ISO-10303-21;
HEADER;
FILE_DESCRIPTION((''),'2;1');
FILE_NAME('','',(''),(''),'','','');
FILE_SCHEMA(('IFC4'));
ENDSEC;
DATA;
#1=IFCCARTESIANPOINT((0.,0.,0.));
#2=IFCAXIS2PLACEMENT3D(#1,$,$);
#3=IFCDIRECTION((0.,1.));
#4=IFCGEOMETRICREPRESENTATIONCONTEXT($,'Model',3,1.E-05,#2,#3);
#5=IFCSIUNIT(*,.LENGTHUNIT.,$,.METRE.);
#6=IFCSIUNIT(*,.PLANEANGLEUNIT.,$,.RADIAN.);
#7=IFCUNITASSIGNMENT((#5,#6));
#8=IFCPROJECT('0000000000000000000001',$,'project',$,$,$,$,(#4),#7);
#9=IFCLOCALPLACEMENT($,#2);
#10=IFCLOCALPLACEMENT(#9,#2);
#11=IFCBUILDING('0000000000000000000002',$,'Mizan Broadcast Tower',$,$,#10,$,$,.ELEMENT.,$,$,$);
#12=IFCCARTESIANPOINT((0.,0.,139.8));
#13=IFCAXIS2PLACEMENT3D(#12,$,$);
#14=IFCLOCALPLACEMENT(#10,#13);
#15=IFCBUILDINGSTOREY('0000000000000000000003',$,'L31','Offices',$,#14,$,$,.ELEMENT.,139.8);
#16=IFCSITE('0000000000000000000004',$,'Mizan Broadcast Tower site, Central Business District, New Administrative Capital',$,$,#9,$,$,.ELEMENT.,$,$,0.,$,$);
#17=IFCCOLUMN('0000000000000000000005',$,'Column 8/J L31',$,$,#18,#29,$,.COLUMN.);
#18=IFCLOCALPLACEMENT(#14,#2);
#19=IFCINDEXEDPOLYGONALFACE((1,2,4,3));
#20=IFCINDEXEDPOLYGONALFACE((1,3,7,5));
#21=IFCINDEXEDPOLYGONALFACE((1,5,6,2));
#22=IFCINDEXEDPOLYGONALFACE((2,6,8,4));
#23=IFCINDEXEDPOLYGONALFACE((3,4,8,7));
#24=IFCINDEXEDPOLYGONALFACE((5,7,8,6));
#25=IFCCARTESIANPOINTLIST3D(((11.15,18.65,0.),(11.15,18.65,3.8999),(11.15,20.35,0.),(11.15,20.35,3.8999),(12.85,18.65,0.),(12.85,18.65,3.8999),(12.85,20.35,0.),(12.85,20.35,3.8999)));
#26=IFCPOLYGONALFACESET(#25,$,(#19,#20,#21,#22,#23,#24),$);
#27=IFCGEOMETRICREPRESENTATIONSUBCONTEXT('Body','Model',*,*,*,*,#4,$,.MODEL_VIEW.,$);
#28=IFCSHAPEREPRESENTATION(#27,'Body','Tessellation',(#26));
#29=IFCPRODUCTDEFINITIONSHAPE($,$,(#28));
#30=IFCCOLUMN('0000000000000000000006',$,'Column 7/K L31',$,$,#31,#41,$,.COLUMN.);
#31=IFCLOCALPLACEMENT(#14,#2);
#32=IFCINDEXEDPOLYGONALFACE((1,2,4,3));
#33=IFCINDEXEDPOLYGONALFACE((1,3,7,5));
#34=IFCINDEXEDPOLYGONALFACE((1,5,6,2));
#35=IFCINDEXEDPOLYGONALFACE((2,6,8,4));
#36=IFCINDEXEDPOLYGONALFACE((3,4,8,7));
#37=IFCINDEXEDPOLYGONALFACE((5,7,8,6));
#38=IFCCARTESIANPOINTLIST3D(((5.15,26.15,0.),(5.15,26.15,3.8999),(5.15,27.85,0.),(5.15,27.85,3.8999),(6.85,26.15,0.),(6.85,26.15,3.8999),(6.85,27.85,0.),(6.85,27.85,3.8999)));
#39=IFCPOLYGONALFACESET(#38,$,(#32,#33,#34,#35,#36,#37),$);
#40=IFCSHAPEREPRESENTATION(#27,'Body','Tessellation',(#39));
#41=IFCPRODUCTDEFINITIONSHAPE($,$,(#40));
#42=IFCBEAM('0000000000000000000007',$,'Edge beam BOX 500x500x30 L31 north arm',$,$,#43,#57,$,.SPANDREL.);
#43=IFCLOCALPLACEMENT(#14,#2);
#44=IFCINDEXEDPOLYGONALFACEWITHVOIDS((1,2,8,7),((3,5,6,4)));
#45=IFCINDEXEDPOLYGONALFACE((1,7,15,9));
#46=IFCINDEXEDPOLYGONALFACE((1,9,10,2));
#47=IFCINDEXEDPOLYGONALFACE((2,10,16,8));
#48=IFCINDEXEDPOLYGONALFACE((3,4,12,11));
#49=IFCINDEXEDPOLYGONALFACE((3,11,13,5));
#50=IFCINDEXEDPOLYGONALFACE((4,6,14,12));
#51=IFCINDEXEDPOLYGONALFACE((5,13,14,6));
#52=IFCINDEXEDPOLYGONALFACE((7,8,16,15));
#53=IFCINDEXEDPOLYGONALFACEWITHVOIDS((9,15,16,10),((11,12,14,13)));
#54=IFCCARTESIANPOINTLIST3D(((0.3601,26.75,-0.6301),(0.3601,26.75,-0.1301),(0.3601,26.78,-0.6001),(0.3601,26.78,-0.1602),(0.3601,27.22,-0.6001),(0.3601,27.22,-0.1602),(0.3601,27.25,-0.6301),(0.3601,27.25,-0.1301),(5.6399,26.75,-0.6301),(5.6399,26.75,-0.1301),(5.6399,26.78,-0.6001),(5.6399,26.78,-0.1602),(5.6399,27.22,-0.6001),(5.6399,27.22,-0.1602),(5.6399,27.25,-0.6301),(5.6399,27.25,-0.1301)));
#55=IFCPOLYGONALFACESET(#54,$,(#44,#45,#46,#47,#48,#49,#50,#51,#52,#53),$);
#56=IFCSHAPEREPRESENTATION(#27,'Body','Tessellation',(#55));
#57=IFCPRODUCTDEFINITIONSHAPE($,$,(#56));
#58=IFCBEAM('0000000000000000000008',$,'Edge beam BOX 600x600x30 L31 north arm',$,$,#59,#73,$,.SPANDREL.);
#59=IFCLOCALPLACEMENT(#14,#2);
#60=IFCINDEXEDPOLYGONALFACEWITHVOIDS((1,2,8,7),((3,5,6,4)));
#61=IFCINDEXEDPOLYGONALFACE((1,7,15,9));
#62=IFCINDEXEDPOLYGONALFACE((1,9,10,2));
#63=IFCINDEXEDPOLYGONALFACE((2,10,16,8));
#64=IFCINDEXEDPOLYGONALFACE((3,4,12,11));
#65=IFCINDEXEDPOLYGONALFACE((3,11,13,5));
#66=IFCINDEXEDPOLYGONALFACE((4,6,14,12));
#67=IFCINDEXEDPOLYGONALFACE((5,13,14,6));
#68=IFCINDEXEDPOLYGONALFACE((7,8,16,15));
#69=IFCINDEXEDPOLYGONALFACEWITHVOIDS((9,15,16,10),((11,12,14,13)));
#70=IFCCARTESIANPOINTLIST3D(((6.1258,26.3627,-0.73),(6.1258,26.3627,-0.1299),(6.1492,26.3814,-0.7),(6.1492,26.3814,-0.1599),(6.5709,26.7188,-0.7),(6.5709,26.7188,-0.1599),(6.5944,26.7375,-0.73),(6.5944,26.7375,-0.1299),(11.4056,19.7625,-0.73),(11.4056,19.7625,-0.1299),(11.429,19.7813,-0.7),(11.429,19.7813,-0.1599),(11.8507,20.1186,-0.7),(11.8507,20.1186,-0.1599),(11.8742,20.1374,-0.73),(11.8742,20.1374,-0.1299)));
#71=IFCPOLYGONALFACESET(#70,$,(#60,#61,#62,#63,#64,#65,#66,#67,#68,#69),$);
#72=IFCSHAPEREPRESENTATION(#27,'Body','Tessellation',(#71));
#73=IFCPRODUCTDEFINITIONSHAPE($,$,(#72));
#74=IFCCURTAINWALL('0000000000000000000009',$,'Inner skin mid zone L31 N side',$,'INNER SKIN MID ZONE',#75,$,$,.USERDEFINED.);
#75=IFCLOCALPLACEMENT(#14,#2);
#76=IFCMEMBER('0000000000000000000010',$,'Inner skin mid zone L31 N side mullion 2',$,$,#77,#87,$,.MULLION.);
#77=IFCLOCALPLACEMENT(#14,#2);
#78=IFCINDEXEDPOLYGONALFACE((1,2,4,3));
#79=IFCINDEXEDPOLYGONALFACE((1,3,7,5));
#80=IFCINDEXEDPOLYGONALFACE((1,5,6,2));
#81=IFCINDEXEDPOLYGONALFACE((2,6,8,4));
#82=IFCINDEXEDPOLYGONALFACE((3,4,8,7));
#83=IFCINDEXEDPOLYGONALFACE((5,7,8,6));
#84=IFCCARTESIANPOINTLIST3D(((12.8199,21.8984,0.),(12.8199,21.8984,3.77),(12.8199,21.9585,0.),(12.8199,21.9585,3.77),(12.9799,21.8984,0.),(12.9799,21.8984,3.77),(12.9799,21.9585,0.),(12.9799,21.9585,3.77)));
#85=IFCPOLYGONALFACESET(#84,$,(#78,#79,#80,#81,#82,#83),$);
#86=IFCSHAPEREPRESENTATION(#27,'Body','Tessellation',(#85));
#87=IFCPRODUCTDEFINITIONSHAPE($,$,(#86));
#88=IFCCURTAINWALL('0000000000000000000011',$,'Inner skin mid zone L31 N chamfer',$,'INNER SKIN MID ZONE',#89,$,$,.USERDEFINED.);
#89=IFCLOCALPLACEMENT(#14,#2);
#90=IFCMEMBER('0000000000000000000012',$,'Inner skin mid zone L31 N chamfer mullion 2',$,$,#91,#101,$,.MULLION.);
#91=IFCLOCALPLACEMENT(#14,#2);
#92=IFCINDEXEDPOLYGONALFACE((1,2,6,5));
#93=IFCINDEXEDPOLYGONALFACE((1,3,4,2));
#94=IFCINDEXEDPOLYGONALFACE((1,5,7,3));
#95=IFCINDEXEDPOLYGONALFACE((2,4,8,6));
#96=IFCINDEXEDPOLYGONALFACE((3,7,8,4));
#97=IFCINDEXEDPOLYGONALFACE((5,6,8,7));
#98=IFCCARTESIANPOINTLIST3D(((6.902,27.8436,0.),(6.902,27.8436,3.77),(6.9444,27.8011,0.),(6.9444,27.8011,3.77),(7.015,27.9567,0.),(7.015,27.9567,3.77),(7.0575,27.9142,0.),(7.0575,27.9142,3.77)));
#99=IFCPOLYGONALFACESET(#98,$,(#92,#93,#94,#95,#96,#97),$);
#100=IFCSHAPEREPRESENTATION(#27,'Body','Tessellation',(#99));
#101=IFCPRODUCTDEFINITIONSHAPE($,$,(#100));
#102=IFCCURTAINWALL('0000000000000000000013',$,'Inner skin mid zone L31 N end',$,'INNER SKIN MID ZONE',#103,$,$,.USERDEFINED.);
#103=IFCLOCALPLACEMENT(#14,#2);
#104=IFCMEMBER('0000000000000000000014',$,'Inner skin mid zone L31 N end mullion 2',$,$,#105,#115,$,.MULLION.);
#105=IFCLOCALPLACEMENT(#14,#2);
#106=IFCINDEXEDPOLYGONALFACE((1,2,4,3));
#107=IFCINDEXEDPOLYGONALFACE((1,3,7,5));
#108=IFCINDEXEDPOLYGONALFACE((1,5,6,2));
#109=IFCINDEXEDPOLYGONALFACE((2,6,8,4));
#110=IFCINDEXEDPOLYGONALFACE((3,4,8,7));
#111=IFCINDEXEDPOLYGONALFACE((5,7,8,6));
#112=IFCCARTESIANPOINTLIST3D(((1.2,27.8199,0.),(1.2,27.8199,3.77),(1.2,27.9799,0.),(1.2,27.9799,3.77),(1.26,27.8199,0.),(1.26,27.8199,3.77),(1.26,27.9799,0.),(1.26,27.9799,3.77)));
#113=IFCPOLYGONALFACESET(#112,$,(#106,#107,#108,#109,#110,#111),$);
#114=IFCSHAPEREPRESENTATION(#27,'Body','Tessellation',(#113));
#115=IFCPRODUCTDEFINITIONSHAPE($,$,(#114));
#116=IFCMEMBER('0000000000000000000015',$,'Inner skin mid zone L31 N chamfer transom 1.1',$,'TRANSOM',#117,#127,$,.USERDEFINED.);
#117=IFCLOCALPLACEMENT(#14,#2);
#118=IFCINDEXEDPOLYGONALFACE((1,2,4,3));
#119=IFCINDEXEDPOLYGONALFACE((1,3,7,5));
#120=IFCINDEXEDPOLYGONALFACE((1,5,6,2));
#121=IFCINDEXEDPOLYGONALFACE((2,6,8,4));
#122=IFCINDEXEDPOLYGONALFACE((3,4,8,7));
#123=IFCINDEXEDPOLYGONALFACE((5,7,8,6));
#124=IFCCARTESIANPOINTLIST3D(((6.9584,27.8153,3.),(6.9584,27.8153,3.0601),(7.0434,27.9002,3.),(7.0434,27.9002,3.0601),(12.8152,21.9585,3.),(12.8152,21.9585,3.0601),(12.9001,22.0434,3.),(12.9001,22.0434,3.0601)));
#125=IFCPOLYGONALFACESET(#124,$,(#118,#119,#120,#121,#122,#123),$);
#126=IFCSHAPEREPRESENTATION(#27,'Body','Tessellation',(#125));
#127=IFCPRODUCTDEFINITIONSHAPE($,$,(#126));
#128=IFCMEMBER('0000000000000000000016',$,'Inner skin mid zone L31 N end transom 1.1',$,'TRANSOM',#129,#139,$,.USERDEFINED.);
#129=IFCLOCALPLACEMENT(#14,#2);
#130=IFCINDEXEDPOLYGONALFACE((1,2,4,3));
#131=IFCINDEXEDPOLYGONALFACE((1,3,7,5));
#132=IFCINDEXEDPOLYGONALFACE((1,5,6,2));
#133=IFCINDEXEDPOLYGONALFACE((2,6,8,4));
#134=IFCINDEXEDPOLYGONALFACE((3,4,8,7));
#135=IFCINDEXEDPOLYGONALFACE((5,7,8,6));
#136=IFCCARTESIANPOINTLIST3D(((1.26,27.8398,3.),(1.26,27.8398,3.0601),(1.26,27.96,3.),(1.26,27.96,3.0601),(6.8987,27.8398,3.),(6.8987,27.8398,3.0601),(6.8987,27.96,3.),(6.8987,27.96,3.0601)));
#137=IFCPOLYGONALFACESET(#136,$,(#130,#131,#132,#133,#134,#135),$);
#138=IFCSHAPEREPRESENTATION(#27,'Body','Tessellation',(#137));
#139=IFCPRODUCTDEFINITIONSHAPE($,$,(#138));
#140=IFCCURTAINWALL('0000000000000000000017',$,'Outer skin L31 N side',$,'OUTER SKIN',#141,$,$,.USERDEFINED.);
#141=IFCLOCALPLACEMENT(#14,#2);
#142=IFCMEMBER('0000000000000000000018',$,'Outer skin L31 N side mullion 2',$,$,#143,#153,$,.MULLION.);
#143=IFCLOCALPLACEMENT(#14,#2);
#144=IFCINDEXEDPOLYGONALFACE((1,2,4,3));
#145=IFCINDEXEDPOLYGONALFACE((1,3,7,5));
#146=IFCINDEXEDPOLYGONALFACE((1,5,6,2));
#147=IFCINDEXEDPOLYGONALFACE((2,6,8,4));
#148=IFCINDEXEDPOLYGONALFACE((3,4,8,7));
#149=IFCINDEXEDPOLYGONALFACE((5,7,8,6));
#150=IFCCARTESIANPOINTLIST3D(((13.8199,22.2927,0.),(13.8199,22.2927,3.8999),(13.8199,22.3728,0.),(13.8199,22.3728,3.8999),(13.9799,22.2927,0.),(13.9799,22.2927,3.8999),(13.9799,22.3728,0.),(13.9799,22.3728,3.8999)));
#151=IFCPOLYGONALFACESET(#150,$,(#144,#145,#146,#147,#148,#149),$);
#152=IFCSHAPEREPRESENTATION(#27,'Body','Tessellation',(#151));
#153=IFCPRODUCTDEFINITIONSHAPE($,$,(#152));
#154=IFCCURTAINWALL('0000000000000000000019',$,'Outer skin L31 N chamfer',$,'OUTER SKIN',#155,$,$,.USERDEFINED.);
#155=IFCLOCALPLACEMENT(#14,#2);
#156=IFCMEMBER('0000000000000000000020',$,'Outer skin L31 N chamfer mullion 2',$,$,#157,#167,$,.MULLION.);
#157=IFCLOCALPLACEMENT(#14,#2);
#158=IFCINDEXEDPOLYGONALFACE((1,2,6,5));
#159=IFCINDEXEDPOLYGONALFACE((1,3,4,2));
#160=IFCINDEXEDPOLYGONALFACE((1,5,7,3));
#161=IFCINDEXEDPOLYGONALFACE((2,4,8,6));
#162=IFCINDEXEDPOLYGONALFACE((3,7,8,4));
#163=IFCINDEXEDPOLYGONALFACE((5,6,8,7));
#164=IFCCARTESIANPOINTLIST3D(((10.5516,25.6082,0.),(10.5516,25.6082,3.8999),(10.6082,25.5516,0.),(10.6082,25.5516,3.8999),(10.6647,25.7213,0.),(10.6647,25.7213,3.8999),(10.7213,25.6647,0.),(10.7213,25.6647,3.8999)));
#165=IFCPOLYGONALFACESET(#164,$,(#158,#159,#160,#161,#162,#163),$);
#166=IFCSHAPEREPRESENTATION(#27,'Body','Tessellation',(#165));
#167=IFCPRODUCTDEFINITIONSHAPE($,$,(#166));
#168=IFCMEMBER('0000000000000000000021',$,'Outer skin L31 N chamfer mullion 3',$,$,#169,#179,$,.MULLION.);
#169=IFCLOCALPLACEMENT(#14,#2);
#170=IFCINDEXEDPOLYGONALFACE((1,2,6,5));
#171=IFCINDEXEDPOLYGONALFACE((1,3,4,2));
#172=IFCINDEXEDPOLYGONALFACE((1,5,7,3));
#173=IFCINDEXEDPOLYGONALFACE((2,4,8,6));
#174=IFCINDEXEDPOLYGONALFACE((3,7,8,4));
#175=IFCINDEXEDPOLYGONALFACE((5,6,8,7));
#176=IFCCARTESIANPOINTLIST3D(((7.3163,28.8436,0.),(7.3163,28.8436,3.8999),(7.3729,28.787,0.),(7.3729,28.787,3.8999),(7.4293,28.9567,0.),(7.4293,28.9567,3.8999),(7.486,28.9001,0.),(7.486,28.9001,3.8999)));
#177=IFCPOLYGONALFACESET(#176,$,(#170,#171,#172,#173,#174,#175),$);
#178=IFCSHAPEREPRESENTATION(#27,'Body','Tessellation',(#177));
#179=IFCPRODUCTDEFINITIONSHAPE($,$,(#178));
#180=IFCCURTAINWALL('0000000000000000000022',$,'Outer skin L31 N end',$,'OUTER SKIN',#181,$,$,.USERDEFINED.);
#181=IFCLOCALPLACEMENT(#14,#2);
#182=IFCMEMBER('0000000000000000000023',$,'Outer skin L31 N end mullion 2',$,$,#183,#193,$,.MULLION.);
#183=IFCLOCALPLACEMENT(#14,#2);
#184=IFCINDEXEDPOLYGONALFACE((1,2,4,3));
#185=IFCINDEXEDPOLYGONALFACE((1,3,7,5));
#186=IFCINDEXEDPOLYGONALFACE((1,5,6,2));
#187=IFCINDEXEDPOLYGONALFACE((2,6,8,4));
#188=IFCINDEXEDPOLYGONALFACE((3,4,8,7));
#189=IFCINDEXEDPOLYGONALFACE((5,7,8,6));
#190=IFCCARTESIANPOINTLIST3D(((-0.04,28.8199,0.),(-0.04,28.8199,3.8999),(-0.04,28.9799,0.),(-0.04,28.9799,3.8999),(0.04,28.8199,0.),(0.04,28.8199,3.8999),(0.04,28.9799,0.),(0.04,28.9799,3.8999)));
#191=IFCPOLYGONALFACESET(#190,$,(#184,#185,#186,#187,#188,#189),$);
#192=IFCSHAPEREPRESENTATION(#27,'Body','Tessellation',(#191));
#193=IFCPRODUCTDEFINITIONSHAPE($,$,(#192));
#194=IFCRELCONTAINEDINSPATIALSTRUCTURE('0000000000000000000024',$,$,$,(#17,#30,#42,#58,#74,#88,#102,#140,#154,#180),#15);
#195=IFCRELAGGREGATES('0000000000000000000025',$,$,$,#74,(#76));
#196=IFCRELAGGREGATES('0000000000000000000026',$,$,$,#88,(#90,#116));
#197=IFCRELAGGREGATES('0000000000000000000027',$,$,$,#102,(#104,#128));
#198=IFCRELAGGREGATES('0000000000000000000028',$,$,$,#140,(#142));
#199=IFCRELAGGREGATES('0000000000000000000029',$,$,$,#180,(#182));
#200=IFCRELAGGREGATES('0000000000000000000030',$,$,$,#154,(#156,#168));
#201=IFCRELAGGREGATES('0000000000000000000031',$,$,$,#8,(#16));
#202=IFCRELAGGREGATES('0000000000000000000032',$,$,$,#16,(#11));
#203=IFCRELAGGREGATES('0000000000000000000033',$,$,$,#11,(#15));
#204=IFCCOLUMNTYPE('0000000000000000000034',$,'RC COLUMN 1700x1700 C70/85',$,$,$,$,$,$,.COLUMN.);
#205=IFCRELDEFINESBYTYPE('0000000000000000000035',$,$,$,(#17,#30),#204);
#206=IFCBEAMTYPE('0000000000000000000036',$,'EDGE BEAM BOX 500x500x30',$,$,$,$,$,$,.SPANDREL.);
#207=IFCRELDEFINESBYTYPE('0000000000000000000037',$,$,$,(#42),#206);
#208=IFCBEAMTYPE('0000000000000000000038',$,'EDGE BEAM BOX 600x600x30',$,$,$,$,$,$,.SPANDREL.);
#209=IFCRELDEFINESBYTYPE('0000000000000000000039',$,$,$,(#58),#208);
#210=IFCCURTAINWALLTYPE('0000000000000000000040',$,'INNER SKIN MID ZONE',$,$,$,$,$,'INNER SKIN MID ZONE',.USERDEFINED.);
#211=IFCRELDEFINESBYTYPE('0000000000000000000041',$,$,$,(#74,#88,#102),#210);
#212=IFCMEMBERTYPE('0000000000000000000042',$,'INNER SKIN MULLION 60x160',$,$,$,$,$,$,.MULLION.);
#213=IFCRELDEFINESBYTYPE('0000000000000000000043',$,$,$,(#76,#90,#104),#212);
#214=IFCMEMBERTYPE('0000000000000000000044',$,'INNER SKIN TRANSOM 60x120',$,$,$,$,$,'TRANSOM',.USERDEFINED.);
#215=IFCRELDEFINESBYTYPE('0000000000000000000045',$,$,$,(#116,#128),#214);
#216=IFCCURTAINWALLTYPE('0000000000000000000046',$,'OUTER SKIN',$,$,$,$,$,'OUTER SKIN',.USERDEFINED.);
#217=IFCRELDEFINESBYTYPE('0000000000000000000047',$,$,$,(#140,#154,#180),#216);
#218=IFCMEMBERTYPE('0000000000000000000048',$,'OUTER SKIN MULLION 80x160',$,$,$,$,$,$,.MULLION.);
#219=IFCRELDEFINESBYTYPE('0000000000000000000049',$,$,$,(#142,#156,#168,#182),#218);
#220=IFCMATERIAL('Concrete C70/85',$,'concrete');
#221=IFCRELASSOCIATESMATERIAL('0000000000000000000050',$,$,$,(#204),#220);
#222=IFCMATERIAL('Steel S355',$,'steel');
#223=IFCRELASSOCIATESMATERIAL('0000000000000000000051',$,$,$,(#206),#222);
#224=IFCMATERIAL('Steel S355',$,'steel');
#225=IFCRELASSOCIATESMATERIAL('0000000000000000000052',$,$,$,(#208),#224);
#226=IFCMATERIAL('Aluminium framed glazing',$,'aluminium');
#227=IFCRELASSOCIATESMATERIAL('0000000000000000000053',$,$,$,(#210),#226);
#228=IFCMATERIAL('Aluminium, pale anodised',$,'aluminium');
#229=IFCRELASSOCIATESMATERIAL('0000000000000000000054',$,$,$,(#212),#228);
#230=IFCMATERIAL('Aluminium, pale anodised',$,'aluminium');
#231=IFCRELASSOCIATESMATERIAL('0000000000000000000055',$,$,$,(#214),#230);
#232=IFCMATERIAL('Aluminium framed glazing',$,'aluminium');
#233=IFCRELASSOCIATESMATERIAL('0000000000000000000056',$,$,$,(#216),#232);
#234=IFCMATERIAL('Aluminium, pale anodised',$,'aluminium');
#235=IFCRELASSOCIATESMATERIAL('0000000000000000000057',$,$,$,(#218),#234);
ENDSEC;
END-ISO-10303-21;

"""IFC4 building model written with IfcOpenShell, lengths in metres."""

from ifc_helpers import new_model, si_unit, direction, frame, origin, origin_2d, place, context, subcontext, project, spatial, rectangle, hollow_rectangle, extrude, material, material_profile, profile_set, type_object, element, aggregate, save


model = new_model("IFC4")

# Units and contexts
model_context = context("Model", 3, precision=1e-05, world=origin(), true_north=direction((0.0, 1.0)))
body_context = subcontext(model_context, "Body", "Model", "MODEL_VIEW")
ifc_project = project(units=[si_unit("LENGTHUNIT", "METRE"), si_unit("PLANEANGLEUNIT", "RADIAN")], contexts=[model_context])

# Site, building, storey
site_placement = place(None, origin())
site = spatial("IfcSite", under=ifc_project, at=site_placement, Name="Mizan Broadcast Tower site, Central Business District, New Administrative Capital", CompositionType="ELEMENT", RefElevation=0.0)
building_placement = place(site_placement, origin())
building = spatial("IfcBuilding", under=site, at=building_placement, Name="Mizan Broadcast Tower", CompositionType="ELEMENT")
storey_placement = place(building_placement, frame((0.0, 0.0, 139.8)))
storey = spatial("IfcBuildingStorey", under=building, at=storey_placement, Name="L31", Description="Offices", CompositionType="ELEMENT", Elevation=139.8)

# Columns
ifc_material_1 = material(Name="Concrete C70/85", Category="concrete")
ifc_material_profile_1 = material_profile(ifc_material_1, rectangle(XDim=1.7, YDim=1.7, at=origin_2d()), Name="RC 1700x1700")
ifc_profile_set_1 = profile_set([ifc_material_profile_1], Name="Concrete C70/85")
column_type = type_object("IfcColumnType", Name="RC COLUMN 1700x1700 C70/85", PredefinedType="COLUMN", material=ifc_profile_set_1)
for number, where, z_axis, x_axis, name in (
    (1, (12.0, 19.5, 0.0), (0.0, 0.0, 1.0), (1.0, 0.0, 0.0), "Column 8/J L31"),
    (2, (6.0, 27.0, 0.0), (0.0, 0.0, 1.0), (1.0, 0.0, 0.0), "Column 7/K L31"),
):
    element("IfcColumn", number, at=place(storey_placement, frame(where, z_axis=z_axis, x_axis=x_axis)), inside=storey, type_object=column_type, Name=name, PredefinedType="COLUMN", context=body_context, shape_type="SweptSolid", body=[
        extrude(rectangle(XDim=1.7, YDim=1.7, at=origin_2d()), origin(), (0.0, 0.0, 1.0), 3.8999),
    ])

# Beams
ifc_material_2 = material(Name="Steel S355", Category="steel")
ifc_material_profile_2 = material_profile(ifc_material_2, hollow_rectangle(XDim=0.5, YDim=0.5, WallThickness=0.03, at=origin_2d()), Name="BOX 500x500x30")
ifc_profile_set_2 = profile_set([ifc_material_profile_2], Name="Steel S355")
beam_type_1 = type_object("IfcBeamType", Name="EDGE BEAM BOX 500x500x30", PredefinedType="SPANDREL", material=ifc_profile_set_2)
beam_1_placement = place(storey_placement, frame((5.6399, 27.0, -0.3801), z_axis=(-1.0, 0.0, 0.0), x_axis=(0.0, -1.0, 0.0)))
element("IfcBeam", 3, at=beam_1_placement, inside=storey, type_object=beam_type_1, Name="Edge beam BOX 500x500x30 L31 north arm", PredefinedType="SPANDREL", context=body_context, shape_type="SweptSolid", body=[
    extrude(hollow_rectangle(XDim=0.5, YDim=0.5, WallThickness=0.03, at=origin_2d()), origin(), (0.0, 0.0, 1.0), 5.2798),
])
ifc_material_3 = material(Name="Steel S355", Category="steel")
ifc_material_profile_3 = material_profile(ifc_material_3, hollow_rectangle(XDim=0.6001, YDim=0.6001, WallThickness=0.03, at=origin_2d()), Name="BOX 600x600x30")
ifc_profile_set_3 = profile_set([ifc_material_profile_3], Name="Steel S355")
beam_type_2 = type_object("IfcBeamType", Name="EDGE BEAM BOX 600x600x30", PredefinedType="SPANDREL", material=ifc_profile_set_3)
beam_2_placement = place(storey_placement, frame((11.6399, 19.95, -0.4299), z_axis=(-0.624674, 0.780886, 0.0), x_axis=(-0.780886, -0.624674, 0.0)))
element("IfcBeam", 4, at=beam_2_placement, inside=storey, type_object=beam_type_2, Name="Edge beam BOX 600x600x30 L31 north arm", PredefinedType="SPANDREL", context=body_context, shape_type="SweptSolid", body=[
    extrude(hollow_rectangle(XDim=0.6001, YDim=0.6001, WallThickness=0.03, at=origin_2d()), origin(), (0.0, 0.0, 1.0), 8.4521),
])

# Curtain walls, members
ifc_material_4 = material(Name="Aluminium framed glazing", Category="aluminium")
curtain_wall_type_1 = type_object("IfcCurtainWallType", Name="INNER SKIN MID ZONE", ElementType="INNER SKIN MID ZONE", PredefinedType="USERDEFINED", material=ifc_material_4)
curtain_wall_1_placement = place(storey_placement, origin())
curtain_wall_1 = element("IfcCurtainWall", 5, at=curtain_wall_1_placement, inside=storey, type_object=curtain_wall_type_1, Name="Inner skin mid zone L31 N side", ObjectType="INNER SKIN MID ZONE", PredefinedType="USERDEFINED")
ifc_material_5 = material(Name="Aluminium, pale anodised", Category="aluminium")
ifc_material_profile_4 = material_profile(ifc_material_5, rectangle(XDim=0.1599, YDim=0.0601, at=origin_2d()), Name="MULLION 160x60")
ifc_profile_set_4 = profile_set([ifc_material_profile_4], Name="Aluminium, pale anodised")
member_type_1 = type_object("IfcMemberType", Name="INNER SKIN MULLION 60x160", PredefinedType="MULLION", material=ifc_profile_set_4)
member_1_placement = place(storey_placement, frame((12.8999, 21.9285, 0.0), z_axis=(0.0, 0.0, 1.0), x_axis=(-1.0, 0.0, 0.0)))
member_1 = element("IfcMember", 6, at=member_1_placement, type_object=member_type_1, Name="Inner skin mid zone L31 N side mullion 2", PredefinedType="MULLION", context=body_context, shape_type="SweptSolid", body=[
    extrude(rectangle(XDim=0.1599, YDim=0.0601, at=origin_2d()), origin(), (0.0, 0.0, 1.0), 3.77),
])
curtain_wall_2_placement = place(storey_placement, origin())
curtain_wall_2 = element("IfcCurtainWall", 7, at=curtain_wall_2_placement, inside=storey, type_object=curtain_wall_type_1, Name="Inner skin mid zone L31 N chamfer", ObjectType="INNER SKIN MID ZONE", PredefinedType="USERDEFINED")
member_2_placement = place(storey_placement, frame((6.9797, 27.8789, 0.0), z_axis=(0.0, 0.0, 1.0), x_axis=(-0.707107, -0.707107, 0.0)))
member_2 = element("IfcMember", 8, at=member_2_placement, type_object=member_type_1, Name="Inner skin mid zone L31 N chamfer mullion 2", PredefinedType="MULLION", context=body_context, shape_type="SweptSolid", body=[
    extrude(rectangle(XDim=0.1599, YDim=0.0601, at=origin_2d()), origin(), (0.0, 0.0, 1.0), 3.77),
])
curtain_wall_3_placement = place(storey_placement, origin())
curtain_wall_3 = element("IfcCurtainWall", 9, at=curtain_wall_3_placement, inside=storey, type_object=curtain_wall_type_1, Name="Inner skin mid zone L31 N end", ObjectType="INNER SKIN MID ZONE", PredefinedType="USERDEFINED")
member_3_placement = place(storey_placement, frame((1.23, 27.8999, 0.0), z_axis=(0.0, 0.0, 1.0), x_axis=(0.0, -1.0, 0.0)))
member_3 = element("IfcMember", 10, at=member_3_placement, type_object=member_type_1, Name="Inner skin mid zone L31 N end mullion 2", PredefinedType="MULLION", context=body_context, shape_type="SweptSolid", body=[
    extrude(rectangle(XDim=0.1599, YDim=0.0601, at=origin_2d()), origin(), (0.0, 0.0, 1.0), 3.77),
])

# Members
ifc_material_6 = material(Name="Aluminium, pale anodised", Category="aluminium")
ifc_material_profile_5 = material_profile(ifc_material_6, rectangle(XDim=0.1201, YDim=0.0601, at=origin_2d()), Name="TRANSOM 120x60")
ifc_profile_set_5 = profile_set([ifc_material_profile_5], Name="Aluminium, pale anodised")
member_type_2 = type_object("IfcMemberType", Name="INNER SKIN TRANSOM 60x120", ElementType="TRANSOM", PredefinedType="USERDEFINED", material=ifc_profile_set_5)
member_4_placement = place(storey_placement, frame((12.8577, 22.001, 3.03), z_axis=(-0.707107, 0.707107, 0.0), x_axis=(-0.707107, -0.707107, 0.0)))
member_4 = element("IfcMember", 11, at=member_4_placement, type_object=member_type_2, Name="Inner skin mid zone L31 N chamfer transom 1.1", ObjectType="TRANSOM", PredefinedType="USERDEFINED", context=body_context, shape_type="SweptSolid", body=[
    extrude(rectangle(XDim=0.1201, YDim=0.0601, at=origin_2d()), origin(), (0.0, 0.0, 1.0), 8.2827),
])
member_5_placement = place(storey_placement, frame((6.8987, 27.8999, 3.03), z_axis=(-1.0, 0.0, 0.0), x_axis=(0.0, -1.0, 0.0)))
member_5 = element("IfcMember", 12, at=member_5_placement, type_object=member_type_2, Name="Inner skin mid zone L31 N end transom 1.1", ObjectType="TRANSOM", PredefinedType="USERDEFINED", context=body_context, shape_type="SweptSolid", body=[
    extrude(rectangle(XDim=0.1201, YDim=0.0601, at=origin_2d()), origin(), (0.0, 0.0, 1.0), 5.6387),
])

# Curtain wall, member
ifc_material_7 = material(Name="Aluminium framed glazing", Category="aluminium")
curtain_wall_type_2 = type_object("IfcCurtainWallType", Name="OUTER SKIN", ElementType="OUTER SKIN", PredefinedType="USERDEFINED", material=ifc_material_7)
curtain_wall_4_placement = place(storey_placement, origin())
curtain_wall_4 = element("IfcCurtainWall", 13, at=curtain_wall_4_placement, inside=storey, type_object=curtain_wall_type_2, Name="Outer skin L31 N side", ObjectType="OUTER SKIN", PredefinedType="USERDEFINED")
ifc_material_8 = material(Name="Aluminium, pale anodised", Category="aluminium")
ifc_material_profile_6 = material_profile(ifc_material_8, rectangle(XDim=0.1599, YDim=0.0801, at=origin_2d()), Name="MULLION 160x80")
ifc_profile_set_6 = profile_set([ifc_material_profile_6], Name="Aluminium, pale anodised")
member_type_3 = type_object("IfcMemberType", Name="OUTER SKIN MULLION 80x160", PredefinedType="MULLION", material=ifc_profile_set_6)
member_6_placement = place(storey_placement, frame((13.8999, 22.3328, 0.0), z_axis=(0.0, 0.0, 1.0), x_axis=(-1.0, 0.0, 0.0)))
member_6 = element("IfcMember", 14, at=member_6_placement, type_object=member_type_3, Name="Outer skin L31 N side mullion 2", PredefinedType="MULLION", context=body_context, shape_type="SweptSolid", body=[
    extrude(rectangle(XDim=0.1599, YDim=0.0801, at=origin_2d()), origin(), (0.0, 0.0, 1.0), 3.8999),
])

# Curtain wall, members
curtain_wall_5_placement = place(storey_placement, origin())
curtain_wall_5 = element("IfcCurtainWall", 15, at=curtain_wall_5_placement, inside=storey, type_object=curtain_wall_type_2, Name="Outer skin L31 N chamfer", ObjectType="OUTER SKIN", PredefinedType="USERDEFINED")
member_7_placement = place(storey_placement, frame((10.6365, 25.6365, 0.0), z_axis=(0.0, 0.0, 1.0), x_axis=(-0.707107, -0.707107, 0.0)))
member_7 = element("IfcMember", 16, at=member_7_placement, type_object=member_type_3, Name="Outer skin L31 N chamfer mullion 2", PredefinedType="MULLION", context=body_context, shape_type="SweptSolid", body=[
    extrude(rectangle(XDim=0.1599, YDim=0.0801, at=origin_2d()), origin(), (0.0, 0.0, 1.0), 3.8999),
])
member_8_placement = place(storey_placement, frame((7.4011, 28.8718, 0.0), z_axis=(0.0, 0.0, 1.0), x_axis=(-0.707107, -0.707107, 0.0)))
member_8 = element("IfcMember", 17, at=member_8_placement, type_object=member_type_3, Name="Outer skin L31 N chamfer mullion 3", PredefinedType="MULLION", context=body_context, shape_type="SweptSolid", body=[
    extrude(rectangle(XDim=0.1599, YDim=0.0801, at=origin_2d()), origin(), (0.0, 0.0, 1.0), 3.8999),
])

# Curtain wall, member
curtain_wall_6_placement = place(storey_placement, origin())
curtain_wall_6 = element("IfcCurtainWall", 18, at=curtain_wall_6_placement, inside=storey, type_object=curtain_wall_type_2, Name="Outer skin L31 N end", ObjectType="OUTER SKIN", PredefinedType="USERDEFINED")
member_9_placement = place(storey_placement, frame((0.0, 28.8999, 0.0), z_axis=(0.0, 0.0, 1.0), x_axis=(0.0, -1.0, 0.0)))
member_9 = element("IfcMember", 19, at=member_9_placement, type_object=member_type_3, Name="Outer skin L31 N end mullion 2", PredefinedType="MULLION", context=body_context, shape_type="SweptSolid", body=[
    extrude(rectangle(XDim=0.1599, YDim=0.0801, at=origin_2d()), origin(), (0.0, 0.0, 1.0), 3.8999),
])

aggregate(curtain_wall_1, [member_1])
aggregate(curtain_wall_2, [member_2, member_4])
aggregate(curtain_wall_3, [member_3, member_5])
aggregate(curtain_wall_4, [member_6])
aggregate(curtain_wall_6, [member_9])
aggregate(curtain_wall_5, [member_7, member_8])

save(model, "model.ifc")
